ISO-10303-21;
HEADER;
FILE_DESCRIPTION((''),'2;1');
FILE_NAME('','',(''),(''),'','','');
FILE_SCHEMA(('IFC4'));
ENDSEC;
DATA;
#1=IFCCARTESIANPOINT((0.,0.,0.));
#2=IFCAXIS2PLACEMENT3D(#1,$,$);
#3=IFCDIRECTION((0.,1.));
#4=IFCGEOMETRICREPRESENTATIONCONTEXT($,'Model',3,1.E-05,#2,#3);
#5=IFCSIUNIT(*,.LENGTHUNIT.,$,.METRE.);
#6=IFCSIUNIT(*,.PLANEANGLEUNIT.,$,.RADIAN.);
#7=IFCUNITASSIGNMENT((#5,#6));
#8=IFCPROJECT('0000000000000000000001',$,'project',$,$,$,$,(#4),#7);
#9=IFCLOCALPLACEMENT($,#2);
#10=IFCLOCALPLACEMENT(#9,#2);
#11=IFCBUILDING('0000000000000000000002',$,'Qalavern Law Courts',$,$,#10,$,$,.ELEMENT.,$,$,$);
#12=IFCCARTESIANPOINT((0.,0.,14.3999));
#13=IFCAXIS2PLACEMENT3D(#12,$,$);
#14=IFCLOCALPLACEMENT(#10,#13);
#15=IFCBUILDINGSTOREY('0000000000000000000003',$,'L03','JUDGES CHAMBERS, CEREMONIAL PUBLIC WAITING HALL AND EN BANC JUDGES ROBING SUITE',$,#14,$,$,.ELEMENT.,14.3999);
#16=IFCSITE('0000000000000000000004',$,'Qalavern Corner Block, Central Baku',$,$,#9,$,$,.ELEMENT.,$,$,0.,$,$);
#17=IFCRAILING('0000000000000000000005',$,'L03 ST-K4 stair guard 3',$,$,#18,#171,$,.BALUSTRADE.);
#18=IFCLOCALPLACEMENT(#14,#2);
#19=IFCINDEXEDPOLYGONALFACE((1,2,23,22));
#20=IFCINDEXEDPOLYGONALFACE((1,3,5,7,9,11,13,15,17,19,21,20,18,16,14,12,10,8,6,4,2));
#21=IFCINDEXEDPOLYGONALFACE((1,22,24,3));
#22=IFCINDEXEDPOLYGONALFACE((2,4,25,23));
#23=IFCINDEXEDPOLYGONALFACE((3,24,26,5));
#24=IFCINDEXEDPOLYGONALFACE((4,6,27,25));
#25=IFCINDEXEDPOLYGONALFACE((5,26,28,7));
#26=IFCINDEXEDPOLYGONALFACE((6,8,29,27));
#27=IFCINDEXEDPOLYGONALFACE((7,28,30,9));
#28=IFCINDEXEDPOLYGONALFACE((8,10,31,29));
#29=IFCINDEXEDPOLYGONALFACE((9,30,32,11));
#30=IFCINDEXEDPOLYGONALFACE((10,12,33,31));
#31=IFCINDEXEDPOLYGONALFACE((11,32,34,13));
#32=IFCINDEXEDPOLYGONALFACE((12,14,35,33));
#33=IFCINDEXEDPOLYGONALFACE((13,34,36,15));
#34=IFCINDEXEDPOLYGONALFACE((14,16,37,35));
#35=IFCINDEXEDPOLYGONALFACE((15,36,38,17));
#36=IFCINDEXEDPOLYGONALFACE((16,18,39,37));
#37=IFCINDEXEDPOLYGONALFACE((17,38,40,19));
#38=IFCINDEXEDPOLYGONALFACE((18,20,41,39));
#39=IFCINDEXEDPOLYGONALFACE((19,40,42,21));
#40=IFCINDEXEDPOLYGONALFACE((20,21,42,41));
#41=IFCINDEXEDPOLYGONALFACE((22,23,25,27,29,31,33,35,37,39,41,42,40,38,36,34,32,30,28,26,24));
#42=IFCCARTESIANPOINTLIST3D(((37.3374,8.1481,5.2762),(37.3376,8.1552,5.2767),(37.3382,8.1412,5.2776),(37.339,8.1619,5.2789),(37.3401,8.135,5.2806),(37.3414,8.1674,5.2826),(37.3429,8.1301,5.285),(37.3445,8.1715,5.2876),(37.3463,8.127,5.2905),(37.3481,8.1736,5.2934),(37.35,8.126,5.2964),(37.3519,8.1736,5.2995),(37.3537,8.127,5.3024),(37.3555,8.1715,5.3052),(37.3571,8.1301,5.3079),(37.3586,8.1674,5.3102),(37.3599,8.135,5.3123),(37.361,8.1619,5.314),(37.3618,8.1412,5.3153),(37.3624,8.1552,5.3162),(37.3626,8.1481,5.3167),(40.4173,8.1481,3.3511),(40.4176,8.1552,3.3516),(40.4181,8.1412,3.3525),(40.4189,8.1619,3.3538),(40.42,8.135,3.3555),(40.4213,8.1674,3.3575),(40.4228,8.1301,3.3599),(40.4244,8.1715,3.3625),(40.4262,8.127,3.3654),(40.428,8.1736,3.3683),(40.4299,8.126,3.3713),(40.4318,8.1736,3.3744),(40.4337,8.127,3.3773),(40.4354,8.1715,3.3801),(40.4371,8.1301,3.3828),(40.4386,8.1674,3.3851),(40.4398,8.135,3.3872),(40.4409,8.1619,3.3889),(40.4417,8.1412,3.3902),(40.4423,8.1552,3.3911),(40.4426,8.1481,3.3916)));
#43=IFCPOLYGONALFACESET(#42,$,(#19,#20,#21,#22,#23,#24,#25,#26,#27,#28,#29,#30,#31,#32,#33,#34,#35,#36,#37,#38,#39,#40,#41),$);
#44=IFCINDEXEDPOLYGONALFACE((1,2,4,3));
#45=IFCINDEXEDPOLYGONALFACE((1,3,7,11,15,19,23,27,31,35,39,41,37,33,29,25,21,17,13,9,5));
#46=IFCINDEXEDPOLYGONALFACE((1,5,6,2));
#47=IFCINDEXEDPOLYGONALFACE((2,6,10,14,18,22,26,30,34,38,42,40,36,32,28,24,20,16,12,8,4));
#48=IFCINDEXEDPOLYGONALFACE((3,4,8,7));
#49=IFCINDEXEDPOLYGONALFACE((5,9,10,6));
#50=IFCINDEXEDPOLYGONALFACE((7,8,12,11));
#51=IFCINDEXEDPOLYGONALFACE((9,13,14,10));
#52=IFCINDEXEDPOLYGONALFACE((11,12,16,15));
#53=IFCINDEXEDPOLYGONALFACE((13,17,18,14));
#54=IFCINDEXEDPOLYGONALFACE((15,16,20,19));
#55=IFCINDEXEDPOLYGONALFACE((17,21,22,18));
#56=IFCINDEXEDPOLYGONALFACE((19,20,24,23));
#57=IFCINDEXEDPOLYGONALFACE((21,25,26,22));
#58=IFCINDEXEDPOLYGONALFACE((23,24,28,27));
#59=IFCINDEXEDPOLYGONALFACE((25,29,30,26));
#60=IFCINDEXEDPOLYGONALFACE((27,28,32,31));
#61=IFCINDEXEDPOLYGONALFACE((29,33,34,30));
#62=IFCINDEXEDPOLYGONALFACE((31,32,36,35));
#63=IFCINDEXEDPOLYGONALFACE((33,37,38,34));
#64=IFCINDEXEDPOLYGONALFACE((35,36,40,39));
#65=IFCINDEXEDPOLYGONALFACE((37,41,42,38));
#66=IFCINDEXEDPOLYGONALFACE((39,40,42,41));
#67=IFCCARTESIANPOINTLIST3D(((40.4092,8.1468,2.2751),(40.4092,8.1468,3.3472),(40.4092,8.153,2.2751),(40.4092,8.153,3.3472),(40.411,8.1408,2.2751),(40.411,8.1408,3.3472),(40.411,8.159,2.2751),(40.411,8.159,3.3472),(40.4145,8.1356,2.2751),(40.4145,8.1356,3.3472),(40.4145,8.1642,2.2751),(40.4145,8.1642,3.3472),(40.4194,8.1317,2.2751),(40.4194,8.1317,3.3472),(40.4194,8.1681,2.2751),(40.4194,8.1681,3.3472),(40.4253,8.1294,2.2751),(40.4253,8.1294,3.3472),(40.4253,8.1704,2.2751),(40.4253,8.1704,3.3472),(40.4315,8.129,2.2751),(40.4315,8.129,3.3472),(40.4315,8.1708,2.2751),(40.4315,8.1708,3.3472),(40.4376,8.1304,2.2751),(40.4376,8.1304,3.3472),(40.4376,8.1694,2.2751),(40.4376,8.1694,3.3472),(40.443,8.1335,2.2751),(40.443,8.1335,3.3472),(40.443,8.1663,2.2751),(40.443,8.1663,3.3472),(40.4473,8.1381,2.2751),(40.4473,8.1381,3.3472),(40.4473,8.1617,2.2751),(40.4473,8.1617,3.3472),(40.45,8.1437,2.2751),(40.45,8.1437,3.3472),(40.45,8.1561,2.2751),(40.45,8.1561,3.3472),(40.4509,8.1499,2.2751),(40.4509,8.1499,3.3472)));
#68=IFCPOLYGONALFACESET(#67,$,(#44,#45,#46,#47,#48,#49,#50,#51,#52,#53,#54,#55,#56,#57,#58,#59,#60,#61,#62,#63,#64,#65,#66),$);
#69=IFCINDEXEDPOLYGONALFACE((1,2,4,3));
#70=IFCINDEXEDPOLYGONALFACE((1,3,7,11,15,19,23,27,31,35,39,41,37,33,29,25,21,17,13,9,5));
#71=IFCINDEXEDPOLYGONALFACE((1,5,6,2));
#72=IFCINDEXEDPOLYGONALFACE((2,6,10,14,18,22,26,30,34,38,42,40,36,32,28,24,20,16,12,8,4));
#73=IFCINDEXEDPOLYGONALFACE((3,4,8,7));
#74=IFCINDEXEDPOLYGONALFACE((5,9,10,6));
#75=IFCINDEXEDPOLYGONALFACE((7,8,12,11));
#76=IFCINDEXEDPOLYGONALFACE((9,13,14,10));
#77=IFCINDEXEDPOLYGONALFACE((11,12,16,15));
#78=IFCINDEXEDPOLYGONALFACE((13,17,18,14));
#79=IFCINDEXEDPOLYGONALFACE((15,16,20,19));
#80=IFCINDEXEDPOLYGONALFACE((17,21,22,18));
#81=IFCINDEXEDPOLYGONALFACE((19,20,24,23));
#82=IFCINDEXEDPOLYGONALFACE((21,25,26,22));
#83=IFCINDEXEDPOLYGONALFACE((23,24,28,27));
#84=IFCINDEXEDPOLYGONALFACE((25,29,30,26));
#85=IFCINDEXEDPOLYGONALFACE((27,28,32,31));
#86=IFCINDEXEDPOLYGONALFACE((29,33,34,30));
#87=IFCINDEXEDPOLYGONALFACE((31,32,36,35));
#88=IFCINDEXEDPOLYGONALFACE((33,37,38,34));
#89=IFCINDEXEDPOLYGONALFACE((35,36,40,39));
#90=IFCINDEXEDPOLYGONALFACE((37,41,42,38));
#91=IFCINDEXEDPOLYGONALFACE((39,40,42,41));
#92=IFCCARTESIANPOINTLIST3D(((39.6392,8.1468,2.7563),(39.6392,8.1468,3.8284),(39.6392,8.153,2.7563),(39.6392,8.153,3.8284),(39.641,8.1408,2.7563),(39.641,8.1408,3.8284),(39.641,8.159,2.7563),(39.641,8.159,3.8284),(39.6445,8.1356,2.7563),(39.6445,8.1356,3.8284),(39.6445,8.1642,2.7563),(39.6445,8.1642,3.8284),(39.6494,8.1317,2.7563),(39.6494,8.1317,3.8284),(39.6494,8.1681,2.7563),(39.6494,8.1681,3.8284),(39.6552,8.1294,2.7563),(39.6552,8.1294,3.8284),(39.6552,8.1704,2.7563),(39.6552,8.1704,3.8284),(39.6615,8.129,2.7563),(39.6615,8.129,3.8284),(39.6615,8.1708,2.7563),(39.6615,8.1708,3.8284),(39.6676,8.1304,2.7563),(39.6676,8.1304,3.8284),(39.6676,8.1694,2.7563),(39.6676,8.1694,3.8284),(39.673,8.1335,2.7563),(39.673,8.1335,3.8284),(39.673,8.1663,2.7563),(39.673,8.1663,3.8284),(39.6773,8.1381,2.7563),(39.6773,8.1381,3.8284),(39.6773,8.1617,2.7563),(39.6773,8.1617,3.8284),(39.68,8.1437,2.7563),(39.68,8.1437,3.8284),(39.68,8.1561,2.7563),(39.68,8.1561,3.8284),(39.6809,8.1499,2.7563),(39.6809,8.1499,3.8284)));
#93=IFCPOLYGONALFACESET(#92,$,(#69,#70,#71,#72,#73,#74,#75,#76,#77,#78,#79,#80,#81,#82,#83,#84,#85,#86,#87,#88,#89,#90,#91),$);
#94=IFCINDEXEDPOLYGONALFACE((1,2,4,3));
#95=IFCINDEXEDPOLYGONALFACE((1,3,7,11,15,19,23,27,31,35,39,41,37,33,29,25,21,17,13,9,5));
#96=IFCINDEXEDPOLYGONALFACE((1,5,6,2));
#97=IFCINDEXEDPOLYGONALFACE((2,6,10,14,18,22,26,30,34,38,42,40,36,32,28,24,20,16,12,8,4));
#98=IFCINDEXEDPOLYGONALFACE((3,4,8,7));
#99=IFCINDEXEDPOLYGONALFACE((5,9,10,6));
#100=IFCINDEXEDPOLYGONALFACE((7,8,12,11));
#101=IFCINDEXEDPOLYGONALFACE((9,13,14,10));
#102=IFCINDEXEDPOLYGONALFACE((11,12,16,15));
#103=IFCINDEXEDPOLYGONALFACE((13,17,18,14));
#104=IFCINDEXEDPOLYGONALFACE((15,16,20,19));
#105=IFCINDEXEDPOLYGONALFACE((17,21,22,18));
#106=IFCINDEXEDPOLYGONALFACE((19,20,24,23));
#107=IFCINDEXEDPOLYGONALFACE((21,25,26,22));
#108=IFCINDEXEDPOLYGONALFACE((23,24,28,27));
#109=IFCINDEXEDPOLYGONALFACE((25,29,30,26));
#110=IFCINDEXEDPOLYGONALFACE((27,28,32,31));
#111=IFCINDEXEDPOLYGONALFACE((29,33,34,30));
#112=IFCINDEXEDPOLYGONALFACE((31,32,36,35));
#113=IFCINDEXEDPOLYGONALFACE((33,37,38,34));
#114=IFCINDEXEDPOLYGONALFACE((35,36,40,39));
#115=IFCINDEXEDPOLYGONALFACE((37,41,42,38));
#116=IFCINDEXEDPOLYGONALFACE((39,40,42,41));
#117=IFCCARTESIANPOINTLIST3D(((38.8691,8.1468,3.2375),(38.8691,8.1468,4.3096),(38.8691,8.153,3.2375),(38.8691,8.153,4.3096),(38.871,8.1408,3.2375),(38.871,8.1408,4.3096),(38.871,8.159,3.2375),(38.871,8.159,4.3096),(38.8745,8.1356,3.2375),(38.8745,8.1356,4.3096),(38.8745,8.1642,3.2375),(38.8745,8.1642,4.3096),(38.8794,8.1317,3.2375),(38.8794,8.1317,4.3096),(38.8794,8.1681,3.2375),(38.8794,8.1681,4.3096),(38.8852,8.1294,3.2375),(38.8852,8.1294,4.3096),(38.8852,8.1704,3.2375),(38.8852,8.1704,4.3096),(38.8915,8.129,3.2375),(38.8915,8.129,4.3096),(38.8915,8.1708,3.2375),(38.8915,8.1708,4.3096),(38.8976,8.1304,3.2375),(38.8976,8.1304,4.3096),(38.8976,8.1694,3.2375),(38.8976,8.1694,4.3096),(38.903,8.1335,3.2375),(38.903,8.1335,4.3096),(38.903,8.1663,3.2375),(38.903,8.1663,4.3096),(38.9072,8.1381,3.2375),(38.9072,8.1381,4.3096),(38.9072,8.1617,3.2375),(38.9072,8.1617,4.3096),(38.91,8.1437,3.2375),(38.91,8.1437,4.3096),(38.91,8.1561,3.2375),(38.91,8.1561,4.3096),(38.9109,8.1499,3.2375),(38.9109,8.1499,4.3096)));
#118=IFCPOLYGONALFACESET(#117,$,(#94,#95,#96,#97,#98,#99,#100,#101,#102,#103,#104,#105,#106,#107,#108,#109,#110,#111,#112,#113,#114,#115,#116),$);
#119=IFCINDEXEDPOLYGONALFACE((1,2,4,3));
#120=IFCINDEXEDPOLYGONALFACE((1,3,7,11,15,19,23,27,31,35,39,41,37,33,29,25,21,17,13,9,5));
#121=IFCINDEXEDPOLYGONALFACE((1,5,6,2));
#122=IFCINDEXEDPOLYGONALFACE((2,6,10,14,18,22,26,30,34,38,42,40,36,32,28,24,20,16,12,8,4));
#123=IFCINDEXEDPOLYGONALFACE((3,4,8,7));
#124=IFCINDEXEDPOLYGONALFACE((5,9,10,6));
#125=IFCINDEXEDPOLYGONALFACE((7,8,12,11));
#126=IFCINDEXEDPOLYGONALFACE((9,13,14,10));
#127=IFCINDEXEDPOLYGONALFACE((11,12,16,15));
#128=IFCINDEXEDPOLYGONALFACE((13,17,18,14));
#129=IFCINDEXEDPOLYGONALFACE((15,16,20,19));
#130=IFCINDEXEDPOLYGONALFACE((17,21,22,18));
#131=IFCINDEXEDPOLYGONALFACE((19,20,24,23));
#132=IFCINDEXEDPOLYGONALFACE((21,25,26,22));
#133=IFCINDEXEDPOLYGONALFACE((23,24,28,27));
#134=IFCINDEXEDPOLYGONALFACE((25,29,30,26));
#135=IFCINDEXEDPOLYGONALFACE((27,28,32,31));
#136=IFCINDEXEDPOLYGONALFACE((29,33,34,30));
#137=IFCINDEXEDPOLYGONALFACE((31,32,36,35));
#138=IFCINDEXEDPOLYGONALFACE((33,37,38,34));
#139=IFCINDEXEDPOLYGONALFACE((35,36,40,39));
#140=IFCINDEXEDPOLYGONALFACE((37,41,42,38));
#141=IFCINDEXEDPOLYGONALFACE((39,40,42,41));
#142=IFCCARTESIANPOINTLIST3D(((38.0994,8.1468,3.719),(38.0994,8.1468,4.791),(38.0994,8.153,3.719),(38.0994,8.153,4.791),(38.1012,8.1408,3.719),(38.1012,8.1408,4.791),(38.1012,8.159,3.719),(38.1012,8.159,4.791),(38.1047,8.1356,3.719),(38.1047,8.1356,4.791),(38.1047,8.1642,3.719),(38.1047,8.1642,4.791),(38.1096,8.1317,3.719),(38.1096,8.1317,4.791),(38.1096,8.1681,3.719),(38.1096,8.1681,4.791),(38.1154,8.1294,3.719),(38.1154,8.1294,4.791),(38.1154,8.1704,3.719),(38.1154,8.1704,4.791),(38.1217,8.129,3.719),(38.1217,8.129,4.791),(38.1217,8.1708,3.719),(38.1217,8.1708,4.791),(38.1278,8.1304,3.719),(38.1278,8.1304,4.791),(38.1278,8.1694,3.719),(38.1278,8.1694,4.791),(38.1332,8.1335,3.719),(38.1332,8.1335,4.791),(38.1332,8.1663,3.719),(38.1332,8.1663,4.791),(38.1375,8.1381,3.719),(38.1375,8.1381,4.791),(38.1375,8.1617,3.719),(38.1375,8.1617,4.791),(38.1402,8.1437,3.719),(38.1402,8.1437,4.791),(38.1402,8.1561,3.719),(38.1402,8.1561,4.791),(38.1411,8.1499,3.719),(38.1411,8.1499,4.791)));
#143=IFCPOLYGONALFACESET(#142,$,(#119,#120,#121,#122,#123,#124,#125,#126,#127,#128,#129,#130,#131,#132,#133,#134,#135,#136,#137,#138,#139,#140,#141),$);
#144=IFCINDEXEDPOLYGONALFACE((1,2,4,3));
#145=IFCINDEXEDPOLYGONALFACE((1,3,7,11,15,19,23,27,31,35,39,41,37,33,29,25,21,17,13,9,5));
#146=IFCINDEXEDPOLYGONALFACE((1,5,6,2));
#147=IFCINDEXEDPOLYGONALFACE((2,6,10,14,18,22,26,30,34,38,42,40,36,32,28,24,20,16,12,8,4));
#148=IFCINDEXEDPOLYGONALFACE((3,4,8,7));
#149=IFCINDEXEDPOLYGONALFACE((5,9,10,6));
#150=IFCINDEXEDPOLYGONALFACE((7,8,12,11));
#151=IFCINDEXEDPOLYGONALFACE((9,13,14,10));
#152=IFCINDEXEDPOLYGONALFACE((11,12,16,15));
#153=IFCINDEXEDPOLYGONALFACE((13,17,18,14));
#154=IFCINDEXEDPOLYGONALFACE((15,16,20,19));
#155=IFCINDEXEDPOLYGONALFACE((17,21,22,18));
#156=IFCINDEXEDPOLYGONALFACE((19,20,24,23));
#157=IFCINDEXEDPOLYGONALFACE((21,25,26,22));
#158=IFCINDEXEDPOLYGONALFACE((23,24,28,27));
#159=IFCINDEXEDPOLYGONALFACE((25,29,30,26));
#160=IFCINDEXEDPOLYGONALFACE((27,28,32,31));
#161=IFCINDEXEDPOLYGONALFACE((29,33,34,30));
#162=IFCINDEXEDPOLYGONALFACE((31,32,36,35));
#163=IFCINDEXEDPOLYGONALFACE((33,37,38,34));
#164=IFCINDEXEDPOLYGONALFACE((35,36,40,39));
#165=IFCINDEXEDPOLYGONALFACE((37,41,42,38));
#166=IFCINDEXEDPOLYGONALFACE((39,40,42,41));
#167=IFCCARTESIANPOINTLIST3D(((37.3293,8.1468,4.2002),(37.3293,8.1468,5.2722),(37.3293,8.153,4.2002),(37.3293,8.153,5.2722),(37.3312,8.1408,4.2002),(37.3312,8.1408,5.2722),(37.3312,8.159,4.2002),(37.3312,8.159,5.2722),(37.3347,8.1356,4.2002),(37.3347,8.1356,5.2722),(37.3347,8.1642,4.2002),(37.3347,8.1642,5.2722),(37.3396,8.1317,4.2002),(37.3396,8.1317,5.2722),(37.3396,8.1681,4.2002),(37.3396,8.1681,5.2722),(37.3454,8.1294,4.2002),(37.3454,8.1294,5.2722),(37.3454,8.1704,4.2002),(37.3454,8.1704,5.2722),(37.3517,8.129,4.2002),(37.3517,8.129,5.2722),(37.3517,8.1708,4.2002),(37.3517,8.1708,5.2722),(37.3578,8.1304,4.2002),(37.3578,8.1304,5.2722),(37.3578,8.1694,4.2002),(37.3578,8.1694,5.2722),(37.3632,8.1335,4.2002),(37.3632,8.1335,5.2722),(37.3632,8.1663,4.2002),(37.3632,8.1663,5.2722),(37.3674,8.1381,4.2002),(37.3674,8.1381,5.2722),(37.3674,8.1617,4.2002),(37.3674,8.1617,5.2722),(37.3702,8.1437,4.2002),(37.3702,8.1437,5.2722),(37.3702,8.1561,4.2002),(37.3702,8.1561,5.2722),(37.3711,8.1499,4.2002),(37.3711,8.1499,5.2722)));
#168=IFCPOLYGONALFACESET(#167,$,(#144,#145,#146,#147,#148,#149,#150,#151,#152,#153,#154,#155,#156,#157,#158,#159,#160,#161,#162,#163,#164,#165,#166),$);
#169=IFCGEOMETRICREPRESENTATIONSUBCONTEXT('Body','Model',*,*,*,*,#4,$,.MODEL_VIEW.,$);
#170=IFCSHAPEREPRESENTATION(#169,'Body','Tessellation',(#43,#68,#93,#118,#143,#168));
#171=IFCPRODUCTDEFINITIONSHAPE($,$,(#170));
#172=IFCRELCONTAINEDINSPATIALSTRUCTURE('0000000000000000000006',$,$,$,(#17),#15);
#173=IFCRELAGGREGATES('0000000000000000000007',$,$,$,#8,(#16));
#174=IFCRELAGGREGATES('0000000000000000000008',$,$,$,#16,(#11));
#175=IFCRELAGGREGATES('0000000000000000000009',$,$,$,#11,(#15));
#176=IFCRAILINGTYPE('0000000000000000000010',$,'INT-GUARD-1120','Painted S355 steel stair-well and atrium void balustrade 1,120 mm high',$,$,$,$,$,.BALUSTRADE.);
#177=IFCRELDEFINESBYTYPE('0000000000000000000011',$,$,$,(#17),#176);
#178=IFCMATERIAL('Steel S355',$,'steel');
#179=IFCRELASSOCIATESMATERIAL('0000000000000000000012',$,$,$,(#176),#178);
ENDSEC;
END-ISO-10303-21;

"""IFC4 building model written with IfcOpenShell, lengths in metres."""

from ifc_helpers import new_model, si_unit, direction, frame, origin, origin_2d, place, context, subcontext, project, spatial, circle, extrude, material, type_object, element, save


model = new_model("IFC4")

# Units and contexts
model_context = context("Model", 3, precision=1e-05, world=origin(), true_north=direction((0.0, 1.0)))
body_context = subcontext(model_context, "Body", "Model", "MODEL_VIEW")
ifc_project = project(units=[si_unit("LENGTHUNIT", "METRE"), si_unit("PLANEANGLEUNIT", "RADIAN")], contexts=[model_context])

# Site, building, storey
site_placement = place(None, origin())
site = spatial("IfcSite", under=ifc_project, at=site_placement, Name="Qalavern Corner Block, Central Baku", CompositionType="ELEMENT", RefElevation=0.0)
building_placement = place(site_placement, origin())
building = spatial("IfcBuilding", under=site, at=building_placement, Name="Qalavern Law Courts", CompositionType="ELEMENT")
storey_placement = place(building_placement, frame((0.0, 0.0, 14.3999)))
storey = spatial("IfcBuildingStorey", under=building, at=storey_placement, Name="L03", Description="JUDGES CHAMBERS, CEREMONIAL PUBLIC WAITING HALL AND EN BANC JUDGES ROBING SUITE", CompositionType="ELEMENT", Elevation=14.3999)

# Shared definitions
ifc_material_1 = material(Name="Steel S355", Category="steel")

# Railing
railing_type_1 = type_object("IfcRailingType", Name="INT-GUARD-1120", Description="Painted S355 steel stair-well and atrium void balustrade 1,120 mm high", PredefinedType="BALUSTRADE", material=ifc_material_1)
railing_1_placement = place(storey_placement, frame((40.4299, 8.1499, 2.2751)))
element("IfcRailing", 1, at=railing_1_placement, inside=storey, type_object=railing_type_1, Name="L03 ST-K4 stair guard 3", PredefinedType="BALUSTRADE", context=body_context, shape_type="SweptSolid", body=[
    extrude(circle(Radius=0.0239, at=origin_2d()), frame((0.0, 0.0, 1.0962), z_axis=(-0.847979, 0.0, 0.530029), x_axis=(0.0, -1.0, 0.0)), (0.0, 0.0, 1.0), 3.6321),
    extrude(circle(Radius=0.021, at=origin_2d()), origin(), (0.0, 0.0, 1.0), 1.072),
    extrude(circle(Radius=0.021, at=origin_2d()), frame((-0.77, 0.0, 0.4812)), (0.0, 0.0, 1.0), 1.072),
    extrude(circle(Radius=0.021, at=origin_2d()), frame((-1.54, 0.0, 0.9624)), (0.0, 0.0, 1.0), 1.072),
    extrude(circle(Radius=0.021, at=origin_2d()), frame((-2.3098, 0.0, 1.4438)), (0.0, 0.0, 1.0), 1.072),
    extrude(circle(Radius=0.021, at=origin_2d()), frame((-3.0798, 0.0, 1.925)), (0.0, 0.0, 1.0), 1.072),
])

save(model, "model.ifc")
